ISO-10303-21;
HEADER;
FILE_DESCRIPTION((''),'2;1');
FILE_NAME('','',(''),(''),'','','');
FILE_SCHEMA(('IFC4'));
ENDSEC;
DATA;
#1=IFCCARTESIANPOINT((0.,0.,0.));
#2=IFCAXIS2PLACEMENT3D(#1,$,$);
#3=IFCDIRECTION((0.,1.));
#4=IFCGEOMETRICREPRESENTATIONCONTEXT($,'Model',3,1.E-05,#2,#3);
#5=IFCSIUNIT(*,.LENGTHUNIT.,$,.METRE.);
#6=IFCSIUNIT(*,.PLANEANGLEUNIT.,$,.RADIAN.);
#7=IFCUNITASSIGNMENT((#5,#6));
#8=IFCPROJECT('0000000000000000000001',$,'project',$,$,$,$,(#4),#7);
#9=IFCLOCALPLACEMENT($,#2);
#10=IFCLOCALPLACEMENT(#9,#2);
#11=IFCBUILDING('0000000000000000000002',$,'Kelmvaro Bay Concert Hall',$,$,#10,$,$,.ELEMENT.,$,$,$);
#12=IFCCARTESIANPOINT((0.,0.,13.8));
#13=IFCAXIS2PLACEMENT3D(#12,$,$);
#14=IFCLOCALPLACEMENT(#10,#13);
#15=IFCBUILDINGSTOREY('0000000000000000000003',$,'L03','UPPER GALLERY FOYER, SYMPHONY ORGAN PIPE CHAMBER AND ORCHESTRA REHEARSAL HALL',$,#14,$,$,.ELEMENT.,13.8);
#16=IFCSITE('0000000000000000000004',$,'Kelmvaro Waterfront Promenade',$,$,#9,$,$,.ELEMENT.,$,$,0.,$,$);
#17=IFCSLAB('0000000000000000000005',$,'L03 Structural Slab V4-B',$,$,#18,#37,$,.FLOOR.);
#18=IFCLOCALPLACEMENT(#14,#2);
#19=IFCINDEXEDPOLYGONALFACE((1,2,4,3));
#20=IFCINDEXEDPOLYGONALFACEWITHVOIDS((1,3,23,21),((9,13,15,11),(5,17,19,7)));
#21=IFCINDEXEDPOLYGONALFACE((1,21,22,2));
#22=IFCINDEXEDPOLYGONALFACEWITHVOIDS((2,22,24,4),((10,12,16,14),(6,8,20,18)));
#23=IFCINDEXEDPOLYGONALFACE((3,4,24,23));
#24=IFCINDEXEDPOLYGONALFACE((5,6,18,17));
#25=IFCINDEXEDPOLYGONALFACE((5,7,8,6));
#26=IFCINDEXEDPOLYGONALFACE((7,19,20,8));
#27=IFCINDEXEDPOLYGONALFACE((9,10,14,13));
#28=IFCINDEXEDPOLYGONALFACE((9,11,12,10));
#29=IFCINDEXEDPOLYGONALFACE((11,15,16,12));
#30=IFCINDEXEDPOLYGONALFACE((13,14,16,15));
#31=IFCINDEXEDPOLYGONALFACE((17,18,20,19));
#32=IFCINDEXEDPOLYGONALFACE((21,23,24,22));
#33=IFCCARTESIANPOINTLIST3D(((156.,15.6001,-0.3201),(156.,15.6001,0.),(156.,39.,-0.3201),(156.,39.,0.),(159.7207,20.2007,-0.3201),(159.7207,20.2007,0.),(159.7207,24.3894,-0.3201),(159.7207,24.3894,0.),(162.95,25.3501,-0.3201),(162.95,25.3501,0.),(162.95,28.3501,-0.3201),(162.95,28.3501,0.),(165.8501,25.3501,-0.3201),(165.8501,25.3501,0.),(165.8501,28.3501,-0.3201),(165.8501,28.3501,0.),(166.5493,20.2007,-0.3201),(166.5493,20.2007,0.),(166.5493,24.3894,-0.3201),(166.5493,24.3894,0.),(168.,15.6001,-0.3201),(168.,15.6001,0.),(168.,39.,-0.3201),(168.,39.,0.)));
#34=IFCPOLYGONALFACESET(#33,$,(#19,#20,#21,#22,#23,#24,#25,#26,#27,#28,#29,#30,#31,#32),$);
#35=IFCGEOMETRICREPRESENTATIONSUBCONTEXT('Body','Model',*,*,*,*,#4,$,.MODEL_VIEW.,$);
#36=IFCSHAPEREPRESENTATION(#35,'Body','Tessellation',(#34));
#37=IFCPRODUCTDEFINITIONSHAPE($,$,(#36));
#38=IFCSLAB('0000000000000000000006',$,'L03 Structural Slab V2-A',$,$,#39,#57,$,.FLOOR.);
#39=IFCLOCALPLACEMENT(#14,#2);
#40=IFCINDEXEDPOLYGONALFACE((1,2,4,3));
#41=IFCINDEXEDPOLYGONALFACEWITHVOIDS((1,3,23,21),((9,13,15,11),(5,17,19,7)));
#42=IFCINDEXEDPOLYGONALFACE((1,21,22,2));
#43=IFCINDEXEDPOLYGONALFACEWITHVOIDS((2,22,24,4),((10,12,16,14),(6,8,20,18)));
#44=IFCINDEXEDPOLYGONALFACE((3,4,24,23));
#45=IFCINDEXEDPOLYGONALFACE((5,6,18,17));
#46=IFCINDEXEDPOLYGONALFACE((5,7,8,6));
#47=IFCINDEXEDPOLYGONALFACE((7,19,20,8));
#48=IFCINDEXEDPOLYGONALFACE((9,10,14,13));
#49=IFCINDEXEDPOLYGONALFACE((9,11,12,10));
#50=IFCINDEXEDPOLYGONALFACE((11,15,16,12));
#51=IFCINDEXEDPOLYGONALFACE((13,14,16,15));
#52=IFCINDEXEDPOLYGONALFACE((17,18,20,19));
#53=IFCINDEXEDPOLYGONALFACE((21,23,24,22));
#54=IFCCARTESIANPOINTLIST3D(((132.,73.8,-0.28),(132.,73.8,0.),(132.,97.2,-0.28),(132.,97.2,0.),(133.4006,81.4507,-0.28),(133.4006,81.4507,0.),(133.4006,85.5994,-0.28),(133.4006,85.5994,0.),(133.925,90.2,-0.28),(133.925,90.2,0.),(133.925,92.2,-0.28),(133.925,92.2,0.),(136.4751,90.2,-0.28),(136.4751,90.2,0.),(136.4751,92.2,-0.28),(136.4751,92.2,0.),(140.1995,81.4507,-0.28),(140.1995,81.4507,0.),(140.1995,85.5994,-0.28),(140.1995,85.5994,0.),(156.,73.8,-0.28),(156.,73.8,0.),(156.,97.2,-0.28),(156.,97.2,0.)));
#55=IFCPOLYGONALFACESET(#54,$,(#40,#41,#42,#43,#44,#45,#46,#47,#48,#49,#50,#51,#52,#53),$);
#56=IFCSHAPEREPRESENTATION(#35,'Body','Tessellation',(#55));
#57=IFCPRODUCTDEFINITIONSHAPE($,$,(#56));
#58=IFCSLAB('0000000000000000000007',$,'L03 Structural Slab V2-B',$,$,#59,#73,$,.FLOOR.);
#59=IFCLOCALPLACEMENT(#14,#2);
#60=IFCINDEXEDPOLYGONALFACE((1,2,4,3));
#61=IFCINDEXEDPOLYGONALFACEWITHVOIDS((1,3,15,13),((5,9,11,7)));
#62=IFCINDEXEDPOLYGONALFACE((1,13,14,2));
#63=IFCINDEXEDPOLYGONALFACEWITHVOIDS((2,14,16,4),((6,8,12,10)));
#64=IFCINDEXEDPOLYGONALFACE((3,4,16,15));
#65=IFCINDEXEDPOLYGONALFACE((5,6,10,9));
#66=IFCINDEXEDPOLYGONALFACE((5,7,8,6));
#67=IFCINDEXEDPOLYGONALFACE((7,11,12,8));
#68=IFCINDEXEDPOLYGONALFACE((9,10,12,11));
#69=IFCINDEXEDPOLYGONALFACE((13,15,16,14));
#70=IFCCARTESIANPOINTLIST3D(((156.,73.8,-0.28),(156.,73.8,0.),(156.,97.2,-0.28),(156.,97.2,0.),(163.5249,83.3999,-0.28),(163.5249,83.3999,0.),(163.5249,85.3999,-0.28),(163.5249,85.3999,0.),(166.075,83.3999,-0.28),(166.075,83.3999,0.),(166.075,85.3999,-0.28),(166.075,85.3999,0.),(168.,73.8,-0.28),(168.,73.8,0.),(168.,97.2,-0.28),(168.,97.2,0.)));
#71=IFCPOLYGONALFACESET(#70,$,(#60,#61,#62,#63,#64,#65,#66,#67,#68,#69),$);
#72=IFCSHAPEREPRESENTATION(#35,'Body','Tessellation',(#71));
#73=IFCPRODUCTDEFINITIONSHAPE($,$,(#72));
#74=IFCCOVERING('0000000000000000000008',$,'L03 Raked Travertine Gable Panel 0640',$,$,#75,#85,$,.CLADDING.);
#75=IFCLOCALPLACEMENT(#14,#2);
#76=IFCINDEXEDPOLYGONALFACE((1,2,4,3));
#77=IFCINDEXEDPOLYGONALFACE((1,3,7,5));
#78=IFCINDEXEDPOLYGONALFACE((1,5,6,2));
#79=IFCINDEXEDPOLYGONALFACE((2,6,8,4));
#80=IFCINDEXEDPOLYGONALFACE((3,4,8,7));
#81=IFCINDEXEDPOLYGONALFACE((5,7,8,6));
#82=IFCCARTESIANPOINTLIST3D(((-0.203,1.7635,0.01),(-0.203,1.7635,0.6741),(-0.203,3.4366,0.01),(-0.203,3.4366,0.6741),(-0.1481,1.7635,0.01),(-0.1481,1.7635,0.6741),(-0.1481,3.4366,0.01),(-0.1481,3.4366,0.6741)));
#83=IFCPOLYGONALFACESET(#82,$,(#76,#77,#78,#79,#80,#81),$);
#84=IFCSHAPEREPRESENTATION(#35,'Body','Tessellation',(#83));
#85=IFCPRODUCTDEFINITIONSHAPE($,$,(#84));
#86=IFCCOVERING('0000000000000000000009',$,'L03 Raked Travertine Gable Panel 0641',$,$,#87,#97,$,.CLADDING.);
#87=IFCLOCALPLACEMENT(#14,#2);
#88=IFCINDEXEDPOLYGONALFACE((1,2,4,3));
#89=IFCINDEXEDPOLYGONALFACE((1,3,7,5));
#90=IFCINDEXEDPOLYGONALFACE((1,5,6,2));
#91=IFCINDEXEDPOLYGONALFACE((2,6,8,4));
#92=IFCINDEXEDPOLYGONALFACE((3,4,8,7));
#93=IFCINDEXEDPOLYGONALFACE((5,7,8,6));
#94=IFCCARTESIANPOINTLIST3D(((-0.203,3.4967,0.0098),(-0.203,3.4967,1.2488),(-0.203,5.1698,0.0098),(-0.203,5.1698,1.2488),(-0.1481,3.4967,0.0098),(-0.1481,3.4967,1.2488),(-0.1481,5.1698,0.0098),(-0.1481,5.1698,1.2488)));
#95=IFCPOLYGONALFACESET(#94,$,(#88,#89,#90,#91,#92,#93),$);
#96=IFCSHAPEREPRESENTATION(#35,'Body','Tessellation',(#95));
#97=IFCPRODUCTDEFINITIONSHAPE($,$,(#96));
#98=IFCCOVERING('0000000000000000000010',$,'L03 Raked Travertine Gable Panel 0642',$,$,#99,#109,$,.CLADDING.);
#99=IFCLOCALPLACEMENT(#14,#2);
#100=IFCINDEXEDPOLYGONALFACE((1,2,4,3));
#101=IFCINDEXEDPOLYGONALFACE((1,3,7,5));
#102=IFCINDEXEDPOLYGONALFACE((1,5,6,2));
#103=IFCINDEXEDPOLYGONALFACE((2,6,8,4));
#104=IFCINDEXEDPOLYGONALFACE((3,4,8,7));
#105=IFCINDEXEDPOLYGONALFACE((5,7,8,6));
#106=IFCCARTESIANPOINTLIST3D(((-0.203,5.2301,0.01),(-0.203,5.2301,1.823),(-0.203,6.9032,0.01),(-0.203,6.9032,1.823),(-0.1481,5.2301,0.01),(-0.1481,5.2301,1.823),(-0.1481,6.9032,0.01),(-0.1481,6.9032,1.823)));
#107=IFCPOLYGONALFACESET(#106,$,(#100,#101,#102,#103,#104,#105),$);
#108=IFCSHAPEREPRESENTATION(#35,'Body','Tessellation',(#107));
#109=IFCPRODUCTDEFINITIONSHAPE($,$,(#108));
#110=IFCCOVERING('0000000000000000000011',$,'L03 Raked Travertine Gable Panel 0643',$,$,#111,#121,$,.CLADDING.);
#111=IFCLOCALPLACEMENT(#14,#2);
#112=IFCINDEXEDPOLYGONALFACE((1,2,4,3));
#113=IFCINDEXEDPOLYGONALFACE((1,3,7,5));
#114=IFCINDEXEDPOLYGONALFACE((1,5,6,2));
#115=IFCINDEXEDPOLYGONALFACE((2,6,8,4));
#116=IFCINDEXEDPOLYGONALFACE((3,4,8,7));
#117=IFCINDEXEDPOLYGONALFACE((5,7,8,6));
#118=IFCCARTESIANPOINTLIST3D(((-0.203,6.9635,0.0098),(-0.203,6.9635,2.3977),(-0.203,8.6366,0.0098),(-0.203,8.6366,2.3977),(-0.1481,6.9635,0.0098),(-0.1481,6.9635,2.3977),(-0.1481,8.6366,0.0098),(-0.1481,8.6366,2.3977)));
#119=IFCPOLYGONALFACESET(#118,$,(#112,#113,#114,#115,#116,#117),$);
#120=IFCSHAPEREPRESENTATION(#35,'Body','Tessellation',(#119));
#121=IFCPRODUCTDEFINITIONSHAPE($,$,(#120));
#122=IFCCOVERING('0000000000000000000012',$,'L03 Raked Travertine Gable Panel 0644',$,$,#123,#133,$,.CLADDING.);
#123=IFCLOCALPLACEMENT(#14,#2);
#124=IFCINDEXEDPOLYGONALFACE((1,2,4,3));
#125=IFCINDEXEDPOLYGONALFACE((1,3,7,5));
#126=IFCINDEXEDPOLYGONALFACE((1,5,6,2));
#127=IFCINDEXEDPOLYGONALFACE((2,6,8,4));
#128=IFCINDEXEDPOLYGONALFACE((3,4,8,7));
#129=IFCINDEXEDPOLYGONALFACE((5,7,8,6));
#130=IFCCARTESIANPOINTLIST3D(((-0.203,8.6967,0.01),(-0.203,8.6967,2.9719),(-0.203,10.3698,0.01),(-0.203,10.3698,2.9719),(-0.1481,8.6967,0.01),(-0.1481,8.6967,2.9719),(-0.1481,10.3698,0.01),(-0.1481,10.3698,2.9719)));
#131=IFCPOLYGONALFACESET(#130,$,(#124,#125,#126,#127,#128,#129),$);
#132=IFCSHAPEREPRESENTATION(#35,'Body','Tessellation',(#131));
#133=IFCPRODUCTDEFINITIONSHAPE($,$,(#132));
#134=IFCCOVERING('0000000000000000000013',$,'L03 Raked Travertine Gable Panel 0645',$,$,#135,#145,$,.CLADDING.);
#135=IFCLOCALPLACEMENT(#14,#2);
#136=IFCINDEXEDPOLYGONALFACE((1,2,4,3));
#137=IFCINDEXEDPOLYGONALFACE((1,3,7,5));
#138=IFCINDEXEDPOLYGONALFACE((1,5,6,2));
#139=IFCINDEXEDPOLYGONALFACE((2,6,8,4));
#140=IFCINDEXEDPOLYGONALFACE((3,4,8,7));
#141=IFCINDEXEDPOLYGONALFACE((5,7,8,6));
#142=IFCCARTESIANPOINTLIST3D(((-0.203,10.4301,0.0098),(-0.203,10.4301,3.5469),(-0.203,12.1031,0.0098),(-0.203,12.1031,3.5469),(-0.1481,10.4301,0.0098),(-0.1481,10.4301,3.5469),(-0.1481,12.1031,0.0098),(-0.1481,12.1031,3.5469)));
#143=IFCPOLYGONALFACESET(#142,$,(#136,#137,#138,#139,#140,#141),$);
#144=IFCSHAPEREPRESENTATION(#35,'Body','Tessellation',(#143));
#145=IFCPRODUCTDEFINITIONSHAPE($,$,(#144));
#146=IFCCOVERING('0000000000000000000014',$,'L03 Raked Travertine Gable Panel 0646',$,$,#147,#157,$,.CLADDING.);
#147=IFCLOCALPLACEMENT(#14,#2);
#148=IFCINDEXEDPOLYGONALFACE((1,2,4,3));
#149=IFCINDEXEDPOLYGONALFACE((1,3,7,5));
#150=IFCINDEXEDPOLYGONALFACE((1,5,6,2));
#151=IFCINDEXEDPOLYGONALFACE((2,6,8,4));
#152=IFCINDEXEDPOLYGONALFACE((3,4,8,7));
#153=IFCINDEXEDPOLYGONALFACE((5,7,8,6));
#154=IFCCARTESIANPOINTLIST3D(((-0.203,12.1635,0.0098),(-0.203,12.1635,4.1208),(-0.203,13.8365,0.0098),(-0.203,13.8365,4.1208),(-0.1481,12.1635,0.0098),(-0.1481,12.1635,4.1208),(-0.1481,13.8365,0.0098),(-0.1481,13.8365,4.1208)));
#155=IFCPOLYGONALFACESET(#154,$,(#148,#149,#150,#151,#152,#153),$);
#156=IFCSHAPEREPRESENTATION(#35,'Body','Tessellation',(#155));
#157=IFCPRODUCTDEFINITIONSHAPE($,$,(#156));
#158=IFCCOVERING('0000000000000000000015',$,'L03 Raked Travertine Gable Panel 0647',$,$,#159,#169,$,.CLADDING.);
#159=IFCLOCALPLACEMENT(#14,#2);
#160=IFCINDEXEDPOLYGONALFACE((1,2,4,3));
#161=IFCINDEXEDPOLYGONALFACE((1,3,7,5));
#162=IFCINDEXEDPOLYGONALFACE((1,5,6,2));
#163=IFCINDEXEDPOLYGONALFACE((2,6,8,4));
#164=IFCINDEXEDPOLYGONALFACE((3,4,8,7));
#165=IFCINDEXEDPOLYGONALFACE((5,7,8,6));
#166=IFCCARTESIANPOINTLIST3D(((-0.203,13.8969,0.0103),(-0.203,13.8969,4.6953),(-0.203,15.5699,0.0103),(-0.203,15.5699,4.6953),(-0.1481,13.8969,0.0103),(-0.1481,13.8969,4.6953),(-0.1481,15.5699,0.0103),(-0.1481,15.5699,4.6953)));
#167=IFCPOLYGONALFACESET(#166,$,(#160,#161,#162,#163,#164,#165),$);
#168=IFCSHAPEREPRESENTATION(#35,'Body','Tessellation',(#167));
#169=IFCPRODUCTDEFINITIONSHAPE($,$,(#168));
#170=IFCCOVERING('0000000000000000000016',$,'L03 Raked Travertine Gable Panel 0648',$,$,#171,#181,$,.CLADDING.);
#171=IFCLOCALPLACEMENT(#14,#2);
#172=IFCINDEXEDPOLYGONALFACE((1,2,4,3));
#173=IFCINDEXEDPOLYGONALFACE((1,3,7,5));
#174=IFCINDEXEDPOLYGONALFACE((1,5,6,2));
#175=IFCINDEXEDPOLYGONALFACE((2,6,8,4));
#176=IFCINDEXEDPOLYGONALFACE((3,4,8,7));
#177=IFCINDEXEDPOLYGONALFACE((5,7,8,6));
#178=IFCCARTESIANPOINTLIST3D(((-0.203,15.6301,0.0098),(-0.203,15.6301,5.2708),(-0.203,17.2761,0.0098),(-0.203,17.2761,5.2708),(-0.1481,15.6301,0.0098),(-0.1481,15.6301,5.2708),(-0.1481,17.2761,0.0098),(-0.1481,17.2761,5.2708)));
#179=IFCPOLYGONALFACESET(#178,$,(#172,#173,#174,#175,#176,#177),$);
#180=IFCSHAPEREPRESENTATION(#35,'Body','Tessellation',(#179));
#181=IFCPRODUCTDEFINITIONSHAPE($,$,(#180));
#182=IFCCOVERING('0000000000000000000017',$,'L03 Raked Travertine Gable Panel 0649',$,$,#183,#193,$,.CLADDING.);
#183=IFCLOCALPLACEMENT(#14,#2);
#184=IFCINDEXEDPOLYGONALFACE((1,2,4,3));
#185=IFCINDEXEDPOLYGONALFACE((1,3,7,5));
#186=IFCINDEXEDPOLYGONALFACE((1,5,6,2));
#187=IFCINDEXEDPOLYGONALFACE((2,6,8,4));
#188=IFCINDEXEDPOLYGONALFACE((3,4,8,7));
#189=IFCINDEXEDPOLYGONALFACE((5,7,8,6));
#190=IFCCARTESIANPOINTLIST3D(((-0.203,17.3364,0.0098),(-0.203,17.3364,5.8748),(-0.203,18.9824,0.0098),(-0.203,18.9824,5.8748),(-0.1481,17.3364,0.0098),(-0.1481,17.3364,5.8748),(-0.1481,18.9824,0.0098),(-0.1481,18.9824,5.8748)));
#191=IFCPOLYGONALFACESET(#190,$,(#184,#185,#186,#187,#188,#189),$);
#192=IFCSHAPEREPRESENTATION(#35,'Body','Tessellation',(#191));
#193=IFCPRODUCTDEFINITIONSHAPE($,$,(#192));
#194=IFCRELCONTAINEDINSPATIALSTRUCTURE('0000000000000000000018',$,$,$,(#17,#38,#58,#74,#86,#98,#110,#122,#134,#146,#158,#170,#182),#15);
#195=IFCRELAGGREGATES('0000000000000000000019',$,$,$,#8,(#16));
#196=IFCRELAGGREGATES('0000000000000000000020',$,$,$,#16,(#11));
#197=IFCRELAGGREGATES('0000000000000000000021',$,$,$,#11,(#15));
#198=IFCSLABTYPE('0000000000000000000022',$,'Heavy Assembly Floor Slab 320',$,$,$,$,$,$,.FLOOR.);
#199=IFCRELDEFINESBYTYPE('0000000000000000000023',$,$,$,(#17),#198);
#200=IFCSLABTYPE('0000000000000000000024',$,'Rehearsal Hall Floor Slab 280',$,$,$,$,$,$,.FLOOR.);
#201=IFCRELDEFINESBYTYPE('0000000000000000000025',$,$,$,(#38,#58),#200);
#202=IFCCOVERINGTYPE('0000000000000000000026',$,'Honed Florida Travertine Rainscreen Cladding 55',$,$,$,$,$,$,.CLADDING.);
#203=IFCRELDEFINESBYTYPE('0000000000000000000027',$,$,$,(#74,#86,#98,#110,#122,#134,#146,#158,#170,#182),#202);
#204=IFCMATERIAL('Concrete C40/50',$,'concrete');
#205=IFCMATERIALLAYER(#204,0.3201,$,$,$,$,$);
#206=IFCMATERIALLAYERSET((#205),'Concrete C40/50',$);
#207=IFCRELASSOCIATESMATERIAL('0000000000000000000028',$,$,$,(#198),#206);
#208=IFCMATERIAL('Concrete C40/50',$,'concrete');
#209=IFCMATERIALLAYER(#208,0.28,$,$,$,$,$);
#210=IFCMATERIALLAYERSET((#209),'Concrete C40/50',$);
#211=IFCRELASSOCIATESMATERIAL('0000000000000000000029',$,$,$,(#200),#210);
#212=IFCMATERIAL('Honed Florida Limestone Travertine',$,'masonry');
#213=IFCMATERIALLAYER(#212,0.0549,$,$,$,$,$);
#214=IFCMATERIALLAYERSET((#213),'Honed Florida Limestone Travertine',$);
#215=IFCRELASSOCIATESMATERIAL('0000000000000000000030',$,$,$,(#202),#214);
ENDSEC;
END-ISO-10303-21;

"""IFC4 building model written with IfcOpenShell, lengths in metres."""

from ifc_helpers import new_model, si_unit, direction, frame, origin, origin_2d, place, context, subcontext, project, spatial, polyline, rectangle, outline, extrude, material, layer, layer_set, type_object, element, save


model = new_model("IFC4")

# Units and contexts
model_context = context("Model", 3, precision=1e-05, world=origin(), true_north=direction((0.0, 1.0)))
body_context = subcontext(model_context, "Body", "Model", "MODEL_VIEW")
ifc_project = project(units=[si_unit("LENGTHUNIT", "METRE"), si_unit("PLANEANGLEUNIT", "RADIAN")], contexts=[model_context])

# Site, building, storey
site_placement = place(None, origin())
site = spatial("IfcSite", under=ifc_project, at=site_placement, Name="Kelmvaro Waterfront Promenade", CompositionType="ELEMENT", RefElevation=0.0)
building_placement = place(site_placement, origin())
building = spatial("IfcBuilding", under=site, at=building_placement, Name="Kelmvaro Bay Concert Hall", CompositionType="ELEMENT")
storey_placement = place(building_placement, frame((0.0, 0.0, 13.8)))
storey = spatial("IfcBuildingStorey", under=building, at=storey_placement, Name="L03", Description="UPPER GALLERY FOYER, SYMPHONY ORGAN PIPE CHAMBER AND ORCHESTRA REHEARSAL HALL", CompositionType="ELEMENT", Elevation=13.8)

# Slabs
ifc_material_1 = material(Name="Concrete C40/50", Category="concrete")
ifc_layer_1 = layer(ifc_material_1, 0.3201)
ifc_layer_set_1 = layer_set([ifc_layer_1], Name="Concrete C40/50")
slab_type_1 = type_object("IfcSlabType", Name="Heavy Assembly Floor Slab 320", PredefinedType="FLOOR", material=ifc_layer_set_1)
slab_1_placement = place(storey_placement, frame((0.0, 0.0, -0.3201)))
element("IfcSlab", 1, at=slab_1_placement, inside=storey, type_object=slab_type_1, Name="L03 Structural Slab V4-B", PredefinedType="FLOOR", context=body_context, shape_type="SweptSolid", body=[
    extrude(outline(polyline([(156.0, 15.6001), (168.0, 15.6001), (168.0, 39.0), (156.0, 39.0), (156.0, 15.6001)]), holes=[polyline([(159.7207, 20.2007), (166.5493, 20.2007), (166.5493, 24.3894), (159.7207, 24.3894), (159.7207, 20.2007)]), polyline([(162.95, 25.3501), (165.8501, 25.3501), (165.8501, 28.3501), (162.95, 28.3501), (162.95, 25.3501)])]), origin(), (0.0, 0.0, 1.0), 0.3201),
])
ifc_material_2 = material(Name="Concrete C40/50", Category="concrete")
ifc_layer_2 = layer(ifc_material_2, 0.28)
ifc_layer_set_2 = layer_set([ifc_layer_2], Name="Concrete C40/50")
slab_type_2 = type_object("IfcSlabType", Name="Rehearsal Hall Floor Slab 280", PredefinedType="FLOOR", material=ifc_layer_set_2)
slab_2_placement = place(storey_placement, frame((0.0, 0.0, -0.28)))
element("IfcSlab", 2, at=slab_2_placement, inside=storey, type_object=slab_type_2, Name="L03 Structural Slab V2-A", PredefinedType="FLOOR", context=body_context, shape_type="SweptSolid", body=[
    extrude(outline(polyline([(132.0, 73.8), (156.0, 73.8), (156.0, 97.2), (132.0, 97.2), (132.0, 73.8)]), holes=[polyline([(133.4006, 81.4507), (140.1995, 81.4507), (140.1995, 85.5994), (133.4006, 85.5994), (133.4006, 81.4507)]), polyline([(133.925, 90.2), (136.4751, 90.2), (136.4751, 92.2), (133.925, 92.2), (133.925, 90.2)])]), origin(), (0.0, 0.0, 1.0), 0.28),
])
slab_3_placement = place(storey_placement, frame((0.0, 0.0, -0.28)))
element("IfcSlab", 3, at=slab_3_placement, inside=storey, type_object=slab_type_2, Name="L03 Structural Slab V2-B", PredefinedType="FLOOR", context=body_context, shape_type="SweptSolid", body=[
    extrude(outline(polyline([(156.0, 73.8), (168.0, 73.8), (168.0, 97.2), (156.0, 97.2), (156.0, 73.8)]), holes=[polyline([(163.5249, 83.3999), (166.075, 83.3999), (166.075, 85.3999), (163.5249, 85.3999), (163.5249, 83.3999)])]), origin(), (0.0, 0.0, 1.0), 0.28),
])

# Coverings
ifc_material_3 = material(Name="Honed Florida Limestone Travertine", Category="masonry")
ifc_layer_3 = layer(ifc_material_3, 0.0549)
ifc_layer_set_3 = layer_set([ifc_layer_3], Name="Honed Florida Limestone Travertine")
covering_type = type_object("IfcCoveringType", Name="Honed Florida Travertine Rainscreen Cladding 55", PredefinedType="CLADDING", material=ifc_layer_set_3)
covering_1_placement = place(storey_placement, frame((-0.1755, 2.6001, 0.01), z_axis=(0.0, 0.0, 1.0), x_axis=(0.0, 1.0, 0.0)))
element("IfcCovering", 4, at=covering_1_placement, inside=storey, type_object=covering_type, Name="L03 Raked Travertine Gable Panel 0640", PredefinedType="CLADDING", context=body_context, shape_type="SweptSolid", body=[
    extrude(rectangle(XDim=1.6731, YDim=0.0549, at=origin_2d()), origin(), (0.0, 0.0, 1.0), 0.6641),
])
covering_2_placement = place(storey_placement, frame((-0.1755, 4.3333, 0.0098), z_axis=(0.0, 0.0, 1.0), x_axis=(0.0, 1.0, 0.0)))
element("IfcCovering", 5, at=covering_2_placement, inside=storey, type_object=covering_type, Name="L03 Raked Travertine Gable Panel 0641", PredefinedType="CLADDING", context=body_context, shape_type="SweptSolid", body=[
    extrude(rectangle(XDim=1.6731, YDim=0.0549, at=origin_2d()), origin(), (0.0, 0.0, 1.0), 1.239),
])
covering_3_placement = place(storey_placement, frame((-0.1755, 6.0667, 0.01), z_axis=(0.0, 0.0, 1.0), x_axis=(0.0, 1.0, 0.0)))
element("IfcCovering", 6, at=covering_3_placement, inside=storey, type_object=covering_type, Name="L03 Raked Travertine Gable Panel 0642", PredefinedType="CLADDING", context=body_context, shape_type="SweptSolid", body=[
    extrude(rectangle(XDim=1.6731, YDim=0.0549, at=origin_2d()), origin(), (0.0, 0.0, 1.0), 1.813),
])
covering_4_placement = place(storey_placement, frame((-0.1755, 7.8, 0.0098), z_axis=(0.0, 0.0, 1.0), x_axis=(0.0, 1.0, 0.0)))
element("IfcCovering", 7, at=covering_4_placement, inside=storey, type_object=covering_type, Name="L03 Raked Travertine Gable Panel 0643", PredefinedType="CLADDING", context=body_context, shape_type="SweptSolid", body=[
    extrude(rectangle(XDim=1.6731, YDim=0.0549, at=origin_2d()), origin(), (0.0, 0.0, 1.0), 2.3879),
])
covering_5_placement = place(storey_placement, frame((-0.1755, 9.5332, 0.01), z_axis=(0.0, 0.0, 1.0), x_axis=(0.0, 1.0, 0.0)))
element("IfcCovering", 8, at=covering_5_placement, inside=storey, type_object=covering_type, Name="L03 Raked Travertine Gable Panel 0644", PredefinedType="CLADDING", context=body_context, shape_type="SweptSolid", body=[
    extrude(rectangle(XDim=1.6731, YDim=0.0549, at=origin_2d()), origin(), (0.0, 0.0, 1.0), 2.9619),
])
covering_6_placement = place(storey_placement, frame((-0.1755, 11.2666, 0.0098), z_axis=(0.0, 0.0, 1.0), x_axis=(0.0, 1.0, 0.0)))
element("IfcCovering", 9, at=covering_6_placement, inside=storey, type_object=covering_type, Name="L03 Raked Travertine Gable Panel 0645", PredefinedType="CLADDING", context=body_context, shape_type="SweptSolid", body=[
    extrude(rectangle(XDim=1.6731, YDim=0.0549, at=origin_2d()), origin(), (0.0, 0.0, 1.0), 3.5371),
])
covering_7_placement = place(storey_placement, frame((-0.1755, 13.0, 0.0098), z_axis=(0.0, 0.0, 1.0), x_axis=(0.0, 1.0, 0.0)))
element("IfcCovering", 10, at=covering_7_placement, inside=storey, type_object=covering_type, Name="L03 Raked Travertine Gable Panel 0646", PredefinedType="CLADDING", context=body_context, shape_type="SweptSolid", body=[
    extrude(rectangle(XDim=1.6731, YDim=0.0549, at=origin_2d()), origin(), (0.0, 0.0, 1.0), 4.1111),
])
covering_8_placement = place(storey_placement, frame((-0.1755, 14.7334, 0.0103), z_axis=(0.0, 0.0, 1.0), x_axis=(0.0, 1.0, 0.0)))
element("IfcCovering", 11, at=covering_8_placement, inside=storey, type_object=covering_type, Name="L03 Raked Travertine Gable Panel 0647", PredefinedType="CLADDING", context=body_context, shape_type="SweptSolid", body=[
    extrude(rectangle(XDim=1.6731, YDim=0.0549, at=origin_2d()), origin(), (0.0, 0.0, 1.0), 4.6851),
])
covering_9_placement = place(storey_placement, frame((-0.1755, 16.4531, 0.0098), z_axis=(0.0, 0.0, 1.0), x_axis=(0.0, 1.0, 0.0)))
element("IfcCovering", 12, at=covering_9_placement, inside=storey, type_object=covering_type, Name="L03 Raked Travertine Gable Panel 0648", PredefinedType="CLADDING", context=body_context, shape_type="SweptSolid", body=[
    extrude(rectangle(XDim=1.646, YDim=0.0549, at=origin_2d()), origin(), (0.0, 0.0, 1.0), 5.261),
])
covering_10_placement = place(storey_placement, frame((-0.1755, 18.1594, 0.0098), z_axis=(0.0, 0.0, 1.0), x_axis=(0.0, 1.0, 0.0)))
element("IfcCovering", 13, at=covering_10_placement, inside=storey, type_object=covering_type, Name="L03 Raked Travertine Gable Panel 0649", PredefinedType="CLADDING", context=body_context, shape_type="SweptSolid", body=[
    extrude(rectangle(XDim=1.646, YDim=0.0549, at=origin_2d()), origin(), (0.0, 0.0, 1.0), 5.865),
])

save(model, "model.ifc")
